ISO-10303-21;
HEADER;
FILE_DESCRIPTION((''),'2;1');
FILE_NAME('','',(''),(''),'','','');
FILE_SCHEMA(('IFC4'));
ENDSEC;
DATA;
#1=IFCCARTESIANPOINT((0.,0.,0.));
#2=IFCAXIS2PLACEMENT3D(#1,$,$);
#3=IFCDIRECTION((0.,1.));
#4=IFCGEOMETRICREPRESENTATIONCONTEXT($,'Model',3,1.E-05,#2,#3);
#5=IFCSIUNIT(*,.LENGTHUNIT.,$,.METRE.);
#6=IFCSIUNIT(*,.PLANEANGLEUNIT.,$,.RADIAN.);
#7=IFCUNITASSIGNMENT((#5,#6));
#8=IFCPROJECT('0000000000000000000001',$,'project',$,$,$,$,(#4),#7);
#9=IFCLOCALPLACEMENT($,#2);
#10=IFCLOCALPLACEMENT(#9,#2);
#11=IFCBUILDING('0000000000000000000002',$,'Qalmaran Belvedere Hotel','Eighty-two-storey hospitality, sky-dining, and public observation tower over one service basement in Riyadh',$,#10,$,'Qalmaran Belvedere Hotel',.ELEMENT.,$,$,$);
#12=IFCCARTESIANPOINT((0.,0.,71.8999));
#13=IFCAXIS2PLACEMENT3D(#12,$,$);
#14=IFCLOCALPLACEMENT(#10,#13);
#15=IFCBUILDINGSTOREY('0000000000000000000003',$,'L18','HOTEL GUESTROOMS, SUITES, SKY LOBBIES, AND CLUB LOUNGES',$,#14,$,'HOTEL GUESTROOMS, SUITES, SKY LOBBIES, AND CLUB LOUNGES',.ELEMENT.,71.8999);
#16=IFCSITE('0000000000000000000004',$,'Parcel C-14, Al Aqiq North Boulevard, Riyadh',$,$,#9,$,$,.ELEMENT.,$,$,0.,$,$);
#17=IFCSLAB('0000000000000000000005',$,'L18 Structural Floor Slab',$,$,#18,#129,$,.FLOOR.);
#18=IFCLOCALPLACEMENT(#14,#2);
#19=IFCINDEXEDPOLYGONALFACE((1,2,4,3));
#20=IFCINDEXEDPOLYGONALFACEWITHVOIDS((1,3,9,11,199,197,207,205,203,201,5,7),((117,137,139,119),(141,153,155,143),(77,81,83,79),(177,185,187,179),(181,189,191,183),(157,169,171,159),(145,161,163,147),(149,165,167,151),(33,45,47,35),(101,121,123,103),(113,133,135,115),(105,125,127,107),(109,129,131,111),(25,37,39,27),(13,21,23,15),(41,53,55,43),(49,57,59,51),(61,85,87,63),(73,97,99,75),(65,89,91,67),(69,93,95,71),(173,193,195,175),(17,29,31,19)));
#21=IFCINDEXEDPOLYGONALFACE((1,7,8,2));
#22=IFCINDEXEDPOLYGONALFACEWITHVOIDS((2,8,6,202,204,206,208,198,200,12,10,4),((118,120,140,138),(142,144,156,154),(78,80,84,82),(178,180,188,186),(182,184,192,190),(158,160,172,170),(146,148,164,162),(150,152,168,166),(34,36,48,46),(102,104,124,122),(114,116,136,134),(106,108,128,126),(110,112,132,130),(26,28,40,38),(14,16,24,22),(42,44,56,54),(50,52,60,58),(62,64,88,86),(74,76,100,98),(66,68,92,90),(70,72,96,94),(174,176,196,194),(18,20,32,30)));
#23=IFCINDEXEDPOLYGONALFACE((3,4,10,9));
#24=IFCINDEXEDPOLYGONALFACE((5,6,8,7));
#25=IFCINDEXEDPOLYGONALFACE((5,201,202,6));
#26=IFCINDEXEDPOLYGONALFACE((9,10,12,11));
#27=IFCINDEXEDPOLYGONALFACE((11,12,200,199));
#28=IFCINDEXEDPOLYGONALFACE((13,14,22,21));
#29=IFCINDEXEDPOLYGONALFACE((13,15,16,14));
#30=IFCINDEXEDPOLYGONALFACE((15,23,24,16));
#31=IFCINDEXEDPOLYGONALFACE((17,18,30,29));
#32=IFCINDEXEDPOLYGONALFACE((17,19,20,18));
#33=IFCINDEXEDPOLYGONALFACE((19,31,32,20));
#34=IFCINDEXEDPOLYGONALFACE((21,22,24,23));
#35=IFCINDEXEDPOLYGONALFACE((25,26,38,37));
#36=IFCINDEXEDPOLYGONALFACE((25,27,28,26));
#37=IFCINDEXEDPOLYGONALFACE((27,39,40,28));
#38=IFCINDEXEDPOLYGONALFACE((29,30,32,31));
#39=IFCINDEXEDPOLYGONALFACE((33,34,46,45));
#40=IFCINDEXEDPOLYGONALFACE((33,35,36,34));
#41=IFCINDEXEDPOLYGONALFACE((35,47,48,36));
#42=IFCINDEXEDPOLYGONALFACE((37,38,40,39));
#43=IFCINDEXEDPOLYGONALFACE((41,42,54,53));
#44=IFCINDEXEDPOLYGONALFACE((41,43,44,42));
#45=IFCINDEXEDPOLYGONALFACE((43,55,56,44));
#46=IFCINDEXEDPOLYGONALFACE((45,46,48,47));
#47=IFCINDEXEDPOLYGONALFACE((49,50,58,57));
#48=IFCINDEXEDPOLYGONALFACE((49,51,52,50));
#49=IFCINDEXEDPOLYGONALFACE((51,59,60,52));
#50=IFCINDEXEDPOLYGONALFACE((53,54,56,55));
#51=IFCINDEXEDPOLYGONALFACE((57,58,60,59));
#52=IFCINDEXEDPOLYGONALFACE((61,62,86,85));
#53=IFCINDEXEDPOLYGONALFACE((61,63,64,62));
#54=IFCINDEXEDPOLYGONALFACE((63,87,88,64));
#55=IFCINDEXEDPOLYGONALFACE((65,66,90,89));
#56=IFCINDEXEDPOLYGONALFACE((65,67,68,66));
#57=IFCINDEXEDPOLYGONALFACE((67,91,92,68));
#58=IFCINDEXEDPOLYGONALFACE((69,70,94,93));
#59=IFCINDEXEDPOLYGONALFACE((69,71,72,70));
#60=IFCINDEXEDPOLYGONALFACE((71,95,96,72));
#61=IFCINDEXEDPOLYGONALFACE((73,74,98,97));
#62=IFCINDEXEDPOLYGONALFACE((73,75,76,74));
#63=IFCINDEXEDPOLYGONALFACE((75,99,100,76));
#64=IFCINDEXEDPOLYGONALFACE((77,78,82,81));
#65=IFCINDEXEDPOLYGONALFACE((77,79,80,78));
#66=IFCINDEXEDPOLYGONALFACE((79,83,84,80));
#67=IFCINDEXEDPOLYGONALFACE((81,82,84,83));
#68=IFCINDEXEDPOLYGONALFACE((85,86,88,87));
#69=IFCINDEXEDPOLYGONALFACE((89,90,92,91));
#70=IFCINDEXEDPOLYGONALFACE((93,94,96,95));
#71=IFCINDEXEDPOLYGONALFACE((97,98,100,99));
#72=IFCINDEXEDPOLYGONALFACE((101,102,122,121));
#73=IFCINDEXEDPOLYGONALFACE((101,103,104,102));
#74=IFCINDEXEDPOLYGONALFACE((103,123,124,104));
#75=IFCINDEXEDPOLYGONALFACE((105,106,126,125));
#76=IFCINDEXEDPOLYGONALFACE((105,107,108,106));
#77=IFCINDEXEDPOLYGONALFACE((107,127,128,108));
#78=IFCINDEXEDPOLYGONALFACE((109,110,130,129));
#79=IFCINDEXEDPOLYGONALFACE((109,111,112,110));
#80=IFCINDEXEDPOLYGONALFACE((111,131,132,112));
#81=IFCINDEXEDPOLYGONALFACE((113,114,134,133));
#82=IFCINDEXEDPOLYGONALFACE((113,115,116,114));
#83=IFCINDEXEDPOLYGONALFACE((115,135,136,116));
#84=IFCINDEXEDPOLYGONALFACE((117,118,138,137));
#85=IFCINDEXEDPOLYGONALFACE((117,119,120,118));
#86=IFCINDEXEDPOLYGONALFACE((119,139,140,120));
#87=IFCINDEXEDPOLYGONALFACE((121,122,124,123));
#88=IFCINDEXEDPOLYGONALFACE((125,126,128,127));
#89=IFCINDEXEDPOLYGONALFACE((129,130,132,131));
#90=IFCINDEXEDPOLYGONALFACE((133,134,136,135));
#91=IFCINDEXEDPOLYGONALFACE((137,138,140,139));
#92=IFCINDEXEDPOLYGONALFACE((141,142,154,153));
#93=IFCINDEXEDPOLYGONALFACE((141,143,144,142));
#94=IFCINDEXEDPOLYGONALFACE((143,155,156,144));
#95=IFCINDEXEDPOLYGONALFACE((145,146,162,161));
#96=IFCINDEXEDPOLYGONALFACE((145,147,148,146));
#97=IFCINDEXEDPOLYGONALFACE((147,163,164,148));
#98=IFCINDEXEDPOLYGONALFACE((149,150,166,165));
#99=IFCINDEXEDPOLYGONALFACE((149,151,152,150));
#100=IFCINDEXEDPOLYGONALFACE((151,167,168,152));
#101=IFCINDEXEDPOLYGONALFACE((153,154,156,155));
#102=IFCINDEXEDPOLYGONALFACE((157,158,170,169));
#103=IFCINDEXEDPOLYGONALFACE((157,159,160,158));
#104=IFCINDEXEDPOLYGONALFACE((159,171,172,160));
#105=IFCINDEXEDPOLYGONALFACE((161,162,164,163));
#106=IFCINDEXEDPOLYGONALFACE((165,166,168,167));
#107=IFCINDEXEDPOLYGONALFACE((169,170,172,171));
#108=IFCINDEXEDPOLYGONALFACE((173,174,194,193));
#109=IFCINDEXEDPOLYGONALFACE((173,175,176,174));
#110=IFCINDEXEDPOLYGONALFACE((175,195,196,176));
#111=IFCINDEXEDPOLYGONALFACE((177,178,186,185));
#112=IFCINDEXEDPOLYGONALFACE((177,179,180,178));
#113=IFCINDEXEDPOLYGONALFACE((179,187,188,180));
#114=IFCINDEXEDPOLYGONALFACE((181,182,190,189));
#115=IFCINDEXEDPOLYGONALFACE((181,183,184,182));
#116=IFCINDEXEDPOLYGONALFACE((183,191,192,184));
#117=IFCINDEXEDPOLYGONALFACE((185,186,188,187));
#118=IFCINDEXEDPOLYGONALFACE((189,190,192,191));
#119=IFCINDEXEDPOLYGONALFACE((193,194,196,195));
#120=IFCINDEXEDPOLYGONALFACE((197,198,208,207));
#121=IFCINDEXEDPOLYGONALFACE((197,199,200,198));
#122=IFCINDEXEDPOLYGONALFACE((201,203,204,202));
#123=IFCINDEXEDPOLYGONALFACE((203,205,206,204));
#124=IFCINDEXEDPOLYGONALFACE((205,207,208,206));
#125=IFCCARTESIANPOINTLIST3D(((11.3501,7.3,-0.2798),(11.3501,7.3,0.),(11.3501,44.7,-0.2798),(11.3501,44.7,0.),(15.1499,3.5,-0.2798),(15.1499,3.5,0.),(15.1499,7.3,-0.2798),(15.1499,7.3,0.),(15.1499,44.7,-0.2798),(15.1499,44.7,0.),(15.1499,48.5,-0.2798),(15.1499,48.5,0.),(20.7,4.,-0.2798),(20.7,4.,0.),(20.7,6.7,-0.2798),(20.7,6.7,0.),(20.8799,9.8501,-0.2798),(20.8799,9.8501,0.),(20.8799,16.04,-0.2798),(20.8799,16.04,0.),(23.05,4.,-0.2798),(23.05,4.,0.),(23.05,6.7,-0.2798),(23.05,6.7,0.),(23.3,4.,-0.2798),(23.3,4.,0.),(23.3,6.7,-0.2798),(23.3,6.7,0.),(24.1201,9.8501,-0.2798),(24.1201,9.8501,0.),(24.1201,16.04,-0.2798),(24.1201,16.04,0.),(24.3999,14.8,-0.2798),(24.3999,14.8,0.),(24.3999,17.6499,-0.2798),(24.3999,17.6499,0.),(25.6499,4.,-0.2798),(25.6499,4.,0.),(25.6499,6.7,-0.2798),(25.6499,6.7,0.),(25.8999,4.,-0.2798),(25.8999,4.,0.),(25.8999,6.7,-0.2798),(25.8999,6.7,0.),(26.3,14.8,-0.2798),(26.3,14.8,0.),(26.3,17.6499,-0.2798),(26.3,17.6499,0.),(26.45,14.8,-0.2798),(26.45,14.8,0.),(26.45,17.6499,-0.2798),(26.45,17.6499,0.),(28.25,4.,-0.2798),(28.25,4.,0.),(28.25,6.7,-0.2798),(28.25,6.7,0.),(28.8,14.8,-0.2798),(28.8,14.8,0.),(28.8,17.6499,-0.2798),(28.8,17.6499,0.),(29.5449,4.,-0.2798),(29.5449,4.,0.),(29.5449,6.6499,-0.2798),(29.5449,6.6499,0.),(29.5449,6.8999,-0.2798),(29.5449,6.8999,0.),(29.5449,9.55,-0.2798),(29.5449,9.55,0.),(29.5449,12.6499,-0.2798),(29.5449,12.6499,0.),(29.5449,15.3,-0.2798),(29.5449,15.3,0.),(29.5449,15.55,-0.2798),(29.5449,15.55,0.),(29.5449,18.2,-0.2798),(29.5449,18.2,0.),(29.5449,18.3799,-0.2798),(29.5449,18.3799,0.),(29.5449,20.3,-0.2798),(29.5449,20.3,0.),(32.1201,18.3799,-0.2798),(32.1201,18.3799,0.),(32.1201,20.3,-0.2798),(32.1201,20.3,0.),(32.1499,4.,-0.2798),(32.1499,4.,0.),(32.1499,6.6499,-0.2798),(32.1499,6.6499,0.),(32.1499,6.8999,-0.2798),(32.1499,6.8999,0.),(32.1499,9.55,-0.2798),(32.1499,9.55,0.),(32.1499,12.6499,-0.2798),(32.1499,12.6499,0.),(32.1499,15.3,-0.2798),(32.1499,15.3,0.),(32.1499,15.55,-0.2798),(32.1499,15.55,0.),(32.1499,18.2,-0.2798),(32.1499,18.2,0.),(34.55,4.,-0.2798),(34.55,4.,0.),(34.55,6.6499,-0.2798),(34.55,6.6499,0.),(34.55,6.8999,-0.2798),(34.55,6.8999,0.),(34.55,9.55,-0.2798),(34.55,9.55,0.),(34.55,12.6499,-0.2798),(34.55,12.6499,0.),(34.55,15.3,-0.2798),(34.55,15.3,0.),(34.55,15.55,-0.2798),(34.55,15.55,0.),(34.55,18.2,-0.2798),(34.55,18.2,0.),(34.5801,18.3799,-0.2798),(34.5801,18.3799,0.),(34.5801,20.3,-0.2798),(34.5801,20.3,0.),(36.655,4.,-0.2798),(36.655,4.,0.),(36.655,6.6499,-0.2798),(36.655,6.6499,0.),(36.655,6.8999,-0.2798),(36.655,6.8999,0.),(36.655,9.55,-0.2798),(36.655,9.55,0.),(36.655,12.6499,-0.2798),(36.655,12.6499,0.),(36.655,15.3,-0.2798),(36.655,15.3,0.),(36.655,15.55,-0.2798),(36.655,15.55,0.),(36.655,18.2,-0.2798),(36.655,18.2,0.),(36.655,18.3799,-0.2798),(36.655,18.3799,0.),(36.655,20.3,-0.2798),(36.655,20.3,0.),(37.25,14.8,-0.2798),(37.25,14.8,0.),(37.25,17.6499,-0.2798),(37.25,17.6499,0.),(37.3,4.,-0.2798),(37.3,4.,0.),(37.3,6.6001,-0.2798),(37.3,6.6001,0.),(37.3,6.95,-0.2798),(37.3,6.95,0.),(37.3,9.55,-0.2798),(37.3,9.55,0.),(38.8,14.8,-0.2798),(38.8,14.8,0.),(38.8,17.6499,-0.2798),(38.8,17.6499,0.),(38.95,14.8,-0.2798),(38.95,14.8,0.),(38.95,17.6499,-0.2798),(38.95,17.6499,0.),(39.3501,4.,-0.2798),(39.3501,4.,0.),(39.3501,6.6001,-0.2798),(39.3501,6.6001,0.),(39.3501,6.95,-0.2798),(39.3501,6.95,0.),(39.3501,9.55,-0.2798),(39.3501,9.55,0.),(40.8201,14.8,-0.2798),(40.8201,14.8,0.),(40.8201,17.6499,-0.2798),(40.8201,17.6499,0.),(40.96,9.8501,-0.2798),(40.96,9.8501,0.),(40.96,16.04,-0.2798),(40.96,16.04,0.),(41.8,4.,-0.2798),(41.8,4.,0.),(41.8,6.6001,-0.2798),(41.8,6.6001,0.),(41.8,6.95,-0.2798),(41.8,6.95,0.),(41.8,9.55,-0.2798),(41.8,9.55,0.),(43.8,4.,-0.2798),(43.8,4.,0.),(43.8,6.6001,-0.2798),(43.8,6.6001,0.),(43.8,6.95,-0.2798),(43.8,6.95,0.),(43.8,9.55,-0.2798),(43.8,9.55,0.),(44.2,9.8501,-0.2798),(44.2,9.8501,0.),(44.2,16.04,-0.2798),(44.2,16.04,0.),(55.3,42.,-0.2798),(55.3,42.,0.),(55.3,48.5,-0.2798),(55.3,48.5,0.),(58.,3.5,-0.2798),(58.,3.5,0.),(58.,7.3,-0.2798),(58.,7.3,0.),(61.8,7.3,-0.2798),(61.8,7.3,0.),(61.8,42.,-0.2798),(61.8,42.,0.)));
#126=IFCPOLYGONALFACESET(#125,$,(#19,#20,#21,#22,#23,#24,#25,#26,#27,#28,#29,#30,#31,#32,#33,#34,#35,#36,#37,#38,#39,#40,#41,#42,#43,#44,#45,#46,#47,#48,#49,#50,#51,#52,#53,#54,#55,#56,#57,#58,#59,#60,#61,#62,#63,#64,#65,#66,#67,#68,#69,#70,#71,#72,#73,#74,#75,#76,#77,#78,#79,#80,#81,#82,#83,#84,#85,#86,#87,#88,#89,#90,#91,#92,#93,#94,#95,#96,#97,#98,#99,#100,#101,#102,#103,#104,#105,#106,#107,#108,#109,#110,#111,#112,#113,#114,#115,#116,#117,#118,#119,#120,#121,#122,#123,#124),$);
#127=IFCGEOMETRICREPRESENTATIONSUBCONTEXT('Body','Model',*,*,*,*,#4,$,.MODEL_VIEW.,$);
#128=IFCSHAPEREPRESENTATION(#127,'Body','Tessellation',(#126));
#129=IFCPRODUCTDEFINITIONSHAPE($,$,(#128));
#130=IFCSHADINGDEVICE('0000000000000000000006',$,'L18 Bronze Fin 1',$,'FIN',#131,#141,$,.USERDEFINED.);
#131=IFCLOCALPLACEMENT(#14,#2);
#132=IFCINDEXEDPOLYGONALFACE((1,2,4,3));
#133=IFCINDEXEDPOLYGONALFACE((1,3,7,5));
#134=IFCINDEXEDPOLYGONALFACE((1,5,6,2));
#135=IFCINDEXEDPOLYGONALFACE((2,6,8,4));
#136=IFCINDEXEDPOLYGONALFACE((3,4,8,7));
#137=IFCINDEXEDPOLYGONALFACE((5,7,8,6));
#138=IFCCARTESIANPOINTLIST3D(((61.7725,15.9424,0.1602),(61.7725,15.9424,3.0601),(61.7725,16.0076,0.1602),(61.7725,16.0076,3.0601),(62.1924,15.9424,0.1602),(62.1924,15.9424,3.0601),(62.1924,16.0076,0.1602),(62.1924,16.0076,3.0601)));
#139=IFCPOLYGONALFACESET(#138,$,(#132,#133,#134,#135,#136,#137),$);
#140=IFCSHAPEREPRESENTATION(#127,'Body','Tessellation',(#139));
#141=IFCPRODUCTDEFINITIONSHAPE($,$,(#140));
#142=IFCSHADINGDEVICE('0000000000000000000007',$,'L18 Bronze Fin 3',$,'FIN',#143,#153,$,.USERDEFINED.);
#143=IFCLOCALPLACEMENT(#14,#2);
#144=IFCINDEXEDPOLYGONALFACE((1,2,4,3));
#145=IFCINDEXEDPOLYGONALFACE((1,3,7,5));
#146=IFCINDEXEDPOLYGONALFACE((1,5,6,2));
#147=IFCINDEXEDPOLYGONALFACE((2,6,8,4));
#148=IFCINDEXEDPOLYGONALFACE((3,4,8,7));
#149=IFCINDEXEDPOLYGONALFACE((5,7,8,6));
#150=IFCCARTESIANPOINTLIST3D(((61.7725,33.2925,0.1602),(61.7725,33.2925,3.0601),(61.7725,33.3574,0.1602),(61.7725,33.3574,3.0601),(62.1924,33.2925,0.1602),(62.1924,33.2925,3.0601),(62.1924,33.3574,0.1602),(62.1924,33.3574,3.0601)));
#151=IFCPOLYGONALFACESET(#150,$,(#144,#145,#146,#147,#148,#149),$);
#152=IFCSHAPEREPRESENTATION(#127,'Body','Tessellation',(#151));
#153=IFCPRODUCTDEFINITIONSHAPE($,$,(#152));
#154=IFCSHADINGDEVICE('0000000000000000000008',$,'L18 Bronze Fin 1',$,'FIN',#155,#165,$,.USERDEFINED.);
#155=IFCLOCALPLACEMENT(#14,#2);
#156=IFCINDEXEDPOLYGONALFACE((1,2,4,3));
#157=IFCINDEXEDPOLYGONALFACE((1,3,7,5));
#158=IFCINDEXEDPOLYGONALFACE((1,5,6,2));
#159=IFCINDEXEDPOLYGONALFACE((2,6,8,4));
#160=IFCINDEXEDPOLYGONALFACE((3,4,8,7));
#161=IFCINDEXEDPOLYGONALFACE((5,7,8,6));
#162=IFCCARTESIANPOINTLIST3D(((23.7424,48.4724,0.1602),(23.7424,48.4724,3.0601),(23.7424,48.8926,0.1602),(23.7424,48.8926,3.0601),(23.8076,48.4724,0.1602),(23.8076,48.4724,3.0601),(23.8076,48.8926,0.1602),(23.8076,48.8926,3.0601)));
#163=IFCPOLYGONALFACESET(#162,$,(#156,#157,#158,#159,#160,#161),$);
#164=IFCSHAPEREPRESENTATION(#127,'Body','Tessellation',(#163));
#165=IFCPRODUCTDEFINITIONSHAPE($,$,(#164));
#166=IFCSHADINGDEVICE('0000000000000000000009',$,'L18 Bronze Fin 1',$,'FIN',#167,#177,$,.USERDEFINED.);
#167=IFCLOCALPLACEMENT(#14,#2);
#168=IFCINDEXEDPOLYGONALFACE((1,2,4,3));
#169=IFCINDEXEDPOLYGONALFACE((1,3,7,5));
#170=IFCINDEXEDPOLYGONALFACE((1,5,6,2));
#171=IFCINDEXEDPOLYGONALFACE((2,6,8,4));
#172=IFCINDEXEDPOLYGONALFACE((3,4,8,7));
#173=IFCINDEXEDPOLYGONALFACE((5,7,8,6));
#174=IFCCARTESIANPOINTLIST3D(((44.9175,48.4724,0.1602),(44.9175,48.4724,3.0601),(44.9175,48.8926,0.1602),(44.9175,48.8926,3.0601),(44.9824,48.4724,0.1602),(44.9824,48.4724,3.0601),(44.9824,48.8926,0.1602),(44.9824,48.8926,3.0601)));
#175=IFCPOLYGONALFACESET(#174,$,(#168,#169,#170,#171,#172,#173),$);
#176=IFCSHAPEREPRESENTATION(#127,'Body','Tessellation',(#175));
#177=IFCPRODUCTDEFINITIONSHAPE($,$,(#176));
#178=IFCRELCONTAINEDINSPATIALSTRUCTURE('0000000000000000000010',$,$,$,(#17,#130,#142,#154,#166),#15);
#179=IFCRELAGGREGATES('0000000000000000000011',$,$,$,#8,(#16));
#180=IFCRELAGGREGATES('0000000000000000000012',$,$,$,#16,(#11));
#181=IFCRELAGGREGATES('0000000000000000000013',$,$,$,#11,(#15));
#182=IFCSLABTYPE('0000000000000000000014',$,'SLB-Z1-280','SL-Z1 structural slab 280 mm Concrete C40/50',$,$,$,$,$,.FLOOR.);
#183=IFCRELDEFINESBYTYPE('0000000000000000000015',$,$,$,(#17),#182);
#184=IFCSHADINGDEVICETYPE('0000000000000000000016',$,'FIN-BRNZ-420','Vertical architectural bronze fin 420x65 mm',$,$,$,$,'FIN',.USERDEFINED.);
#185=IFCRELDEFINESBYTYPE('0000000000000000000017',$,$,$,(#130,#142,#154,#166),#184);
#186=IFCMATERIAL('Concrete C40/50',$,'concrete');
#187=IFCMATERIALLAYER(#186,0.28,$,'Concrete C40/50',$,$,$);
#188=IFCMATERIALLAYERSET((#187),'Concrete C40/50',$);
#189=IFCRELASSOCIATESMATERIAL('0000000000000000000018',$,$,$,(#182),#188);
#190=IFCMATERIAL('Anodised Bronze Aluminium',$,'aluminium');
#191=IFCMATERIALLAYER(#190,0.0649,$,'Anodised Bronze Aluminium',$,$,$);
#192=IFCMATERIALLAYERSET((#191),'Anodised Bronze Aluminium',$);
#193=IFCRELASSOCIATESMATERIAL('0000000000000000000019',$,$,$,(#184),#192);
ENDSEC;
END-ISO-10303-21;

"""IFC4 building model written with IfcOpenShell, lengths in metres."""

from ifc_helpers import new_model, si_unit, direction, frame, origin, place, context, subcontext, project, spatial, polyline, outline, extrude, material, layer, layer_set, type_object, element, save


model = new_model("IFC4")

# Units and contexts
model_context = context("Model", 3, precision=1e-05, world=origin(), true_north=direction((0.0, 1.0)))
body_context = subcontext(model_context, "Body", "Model", "MODEL_VIEW")
ifc_project = project(units=[si_unit("LENGTHUNIT", "METRE"), si_unit("PLANEANGLEUNIT", "RADIAN")], contexts=[model_context])

# Site, building, storey
site_placement = place(None, origin())
site = spatial("IfcSite", under=ifc_project, at=site_placement, Name="Parcel C-14, Al Aqiq North Boulevard, Riyadh", CompositionType="ELEMENT", RefElevation=0.0)
building_placement = place(site_placement, origin())
building = spatial("IfcBuilding", under=site, at=building_placement, Name="Qalmaran Belvedere Hotel", Description="Eighty-two-storey hospitality, sky-dining, and public observation tower over one service basement in Riyadh", LongName="Qalmaran Belvedere Hotel", CompositionType="ELEMENT")
storey_placement = place(building_placement, frame((0.0, 0.0, 71.8999)))
storey = spatial("IfcBuildingStorey", under=building, at=storey_placement, Name="L18", Description="HOTEL GUESTROOMS, SUITES, SKY LOBBIES, AND CLUB LOUNGES", LongName="HOTEL GUESTROOMS, SUITES, SKY LOBBIES, AND CLUB LOUNGES", CompositionType="ELEMENT", Elevation=71.8999)

# Shared definitions
ifc_material_1 = material(Name="Anodised Bronze Aluminium", Category="aluminium")

# Shared definitions
ifc_material_2 = material(Name="Concrete C40/50", Category="concrete")

# Slab
ifc_layer_1 = layer(ifc_material_2, 0.28, Name="Concrete C40/50")
ifc_layer_set_1 = layer_set([ifc_layer_1], Name="Concrete C40/50")
slab_type_1 = type_object("IfcSlabType", Name="SLB-Z1-280", Description="SL-Z1 structural slab 280 mm Concrete C40/50", PredefinedType="FLOOR", material=ifc_layer_set_1)
slab_1_placement = place(storey_placement, frame((0.0, 0.0, -0.2798)))
element("IfcSlab", 1, at=slab_1_placement, inside=storey, type_object=slab_type_1, Name="L18 Structural Floor Slab", PredefinedType="FLOOR", context=body_context, shape_type="SweptSolid", body=[
    extrude(outline(polyline([(15.1499, 3.5), (58.0, 3.5), (58.0, 7.3), (61.8, 7.3), (61.8, 42.0), (55.3, 42.0), (55.3, 48.5), (15.1499, 48.5), (15.1499, 44.7), (11.3501, 44.7), (11.3501, 7.3), (15.1499, 7.3), (15.1499, 3.5)]), holes=[polyline([(20.8799, 9.8501), (24.1201, 9.8501), (24.1201, 16.04), (20.8799, 16.04), (20.8799, 9.8501)]), polyline([(40.96, 9.8501), (44.2, 9.8501), (44.2, 16.04), (40.96, 16.04), (40.96, 9.8501)]), polyline([(29.5449, 4.0), (32.1499, 4.0), (32.1499, 6.6499), (29.5449, 6.6499), (29.5449, 4.0)]), polyline([(29.5449, 6.8999), (32.1499, 6.8999), (32.1499, 9.55), (29.5449, 9.55), (29.5449, 6.8999)]), polyline([(34.55, 4.0), (36.655, 4.0), (36.655, 6.6499), (34.55, 6.6499), (34.55, 4.0)]), polyline([(34.55, 6.8999), (36.655, 6.8999), (36.655, 9.55), (34.55, 9.55), (34.55, 6.8999)]), polyline([(29.5449, 12.6499), (32.1499, 12.6499), (32.1499, 15.3), (29.5449, 15.3), (29.5449, 12.6499)]), polyline([(29.5449, 15.55), (32.1499, 15.55), (32.1499, 18.2), (29.5449, 18.2), (29.5449, 15.55)]), polyline([(34.55, 12.6499), (36.655, 12.6499), (36.655, 15.3), (34.55, 15.3), (34.55, 12.6499)]), polyline([(34.55, 15.55), (36.655, 15.55), (36.655, 18.2), (34.55, 18.2), (34.55, 15.55)]), polyline([(37.3, 4.0), (39.3501, 4.0), (39.3501, 6.6001), (37.3, 6.6001), (37.3, 4.0)]), polyline([(37.3, 6.95), (39.3501, 6.95), (39.3501, 9.55), (37.3, 9.55), (37.3, 6.95)]), polyline([(41.8, 4.0), (43.8, 4.0), (43.8, 6.6001), (41.8, 6.6001), (41.8, 4.0)]), polyline([(41.8, 6.95), (43.8, 6.95), (43.8, 9.55), (41.8, 9.55), (41.8, 6.95)]), polyline([(20.7, 4.0), (23.05, 4.0), (23.05, 6.7), (20.7, 6.7), (20.7, 4.0)]), polyline([(23.3, 4.0), (25.6499, 4.0), (25.6499, 6.7), (23.3, 6.7), (23.3, 4.0)]), polyline([(25.8999, 4.0), (28.25, 4.0), (28.25, 6.7), (25.8999, 6.7), (25.8999, 4.0)]), polyline([(24.3999, 14.8), (26.3, 14.8), (26.3, 17.6499), (24.3999, 17.6499), (24.3999, 14.8)]), polyline([(38.95, 14.8), (40.8201, 14.8), (40.8201, 17.6499), (38.95, 17.6499), (38.95, 14.8)]), polyline([(26.45, 14.8), (28.8, 14.8), (28.8, 17.6499), (26.45, 17.6499), (26.45, 14.8)]), polyline([(37.25, 14.8), (38.8, 14.8), (38.8, 17.6499), (37.25, 17.6499), (37.25, 14.8)]), polyline([(29.5449, 18.3799), (32.1201, 18.3799), (32.1201, 20.3), (29.5449, 20.3), (29.5449, 18.3799)]), polyline([(34.5801, 18.3799), (36.655, 18.3799), (36.655, 20.3), (34.5801, 20.3), (34.5801, 18.3799)])]), origin(), (0.0, 0.0, 1.0), 0.2798),
])

# Shading devices
ifc_layer_2 = layer(ifc_material_1, 0.0649, Name="Anodised Bronze Aluminium")
ifc_layer_set_2 = layer_set([ifc_layer_2], Name="Anodised Bronze Aluminium")
shading_device_type = type_object("IfcShadingDeviceType", Name="FIN-BRNZ-420", Description="Vertical architectural bronze fin 420x65 mm", ElementType="FIN", PredefinedType="USERDEFINED", material=ifc_layer_set_2)
shading_device_1_placement = place(storey_placement, frame((0.0, 0.0, 0.1602)))
element("IfcShadingDevice", 2, at=shading_device_1_placement, inside=storey, type_object=shading_device_type, Name="L18 Bronze Fin 1", ObjectType="FIN", PredefinedType="USERDEFINED", context=body_context, shape_type="SweptSolid", body=[
    extrude(outline(polyline([(61.7725, 15.9424), (62.1924, 15.9424), (62.1924, 16.0076), (61.7725, 16.0076), (61.7725, 15.9424)])), origin(), (0.0, 0.0, 1.0), 2.8999),
])
shading_device_2_placement = place(storey_placement, frame((0.0, 0.0, 0.1602)))
element("IfcShadingDevice", 3, at=shading_device_2_placement, inside=storey, type_object=shading_device_type, Name="L18 Bronze Fin 3", ObjectType="FIN", PredefinedType="USERDEFINED", context=body_context, shape_type="SweptSolid", body=[
    extrude(outline(polyline([(61.7725, 33.2925), (62.1924, 33.2925), (62.1924, 33.3574), (61.7725, 33.3574), (61.7725, 33.2925)])), origin(), (0.0, 0.0, 1.0), 2.8999),
])
shading_device_3_placement = place(storey_placement, frame((0.0, 0.0, 0.1602)))
element("IfcShadingDevice", 4, at=shading_device_3_placement, inside=storey, type_object=shading_device_type, Name="L18 Bronze Fin 1", ObjectType="FIN", PredefinedType="USERDEFINED", context=body_context, shape_type="SweptSolid", body=[
    extrude(outline(polyline([(23.8076, 48.4724), (23.8076, 48.8926), (23.7424, 48.8926), (23.7424, 48.4724), (23.8076, 48.4724)])), origin(), (0.0, 0.0, 1.0), 2.8999),
])
shading_device_4_placement = place(storey_placement, frame((0.0, 0.0, 0.1602)))
element("IfcShadingDevice", 5, at=shading_device_4_placement, inside=storey, type_object=shading_device_type, Name="L18 Bronze Fin 1", ObjectType="FIN", PredefinedType="USERDEFINED", context=body_context, shape_type="SweptSolid", body=[
    extrude(outline(polyline([(44.9824, 48.4724), (44.9824, 48.8926), (44.9175, 48.8926), (44.9175, 48.4724), (44.9824, 48.4724)])), origin(), (0.0, 0.0, 1.0), 2.8999),
])

save(model, "model.ifc")
